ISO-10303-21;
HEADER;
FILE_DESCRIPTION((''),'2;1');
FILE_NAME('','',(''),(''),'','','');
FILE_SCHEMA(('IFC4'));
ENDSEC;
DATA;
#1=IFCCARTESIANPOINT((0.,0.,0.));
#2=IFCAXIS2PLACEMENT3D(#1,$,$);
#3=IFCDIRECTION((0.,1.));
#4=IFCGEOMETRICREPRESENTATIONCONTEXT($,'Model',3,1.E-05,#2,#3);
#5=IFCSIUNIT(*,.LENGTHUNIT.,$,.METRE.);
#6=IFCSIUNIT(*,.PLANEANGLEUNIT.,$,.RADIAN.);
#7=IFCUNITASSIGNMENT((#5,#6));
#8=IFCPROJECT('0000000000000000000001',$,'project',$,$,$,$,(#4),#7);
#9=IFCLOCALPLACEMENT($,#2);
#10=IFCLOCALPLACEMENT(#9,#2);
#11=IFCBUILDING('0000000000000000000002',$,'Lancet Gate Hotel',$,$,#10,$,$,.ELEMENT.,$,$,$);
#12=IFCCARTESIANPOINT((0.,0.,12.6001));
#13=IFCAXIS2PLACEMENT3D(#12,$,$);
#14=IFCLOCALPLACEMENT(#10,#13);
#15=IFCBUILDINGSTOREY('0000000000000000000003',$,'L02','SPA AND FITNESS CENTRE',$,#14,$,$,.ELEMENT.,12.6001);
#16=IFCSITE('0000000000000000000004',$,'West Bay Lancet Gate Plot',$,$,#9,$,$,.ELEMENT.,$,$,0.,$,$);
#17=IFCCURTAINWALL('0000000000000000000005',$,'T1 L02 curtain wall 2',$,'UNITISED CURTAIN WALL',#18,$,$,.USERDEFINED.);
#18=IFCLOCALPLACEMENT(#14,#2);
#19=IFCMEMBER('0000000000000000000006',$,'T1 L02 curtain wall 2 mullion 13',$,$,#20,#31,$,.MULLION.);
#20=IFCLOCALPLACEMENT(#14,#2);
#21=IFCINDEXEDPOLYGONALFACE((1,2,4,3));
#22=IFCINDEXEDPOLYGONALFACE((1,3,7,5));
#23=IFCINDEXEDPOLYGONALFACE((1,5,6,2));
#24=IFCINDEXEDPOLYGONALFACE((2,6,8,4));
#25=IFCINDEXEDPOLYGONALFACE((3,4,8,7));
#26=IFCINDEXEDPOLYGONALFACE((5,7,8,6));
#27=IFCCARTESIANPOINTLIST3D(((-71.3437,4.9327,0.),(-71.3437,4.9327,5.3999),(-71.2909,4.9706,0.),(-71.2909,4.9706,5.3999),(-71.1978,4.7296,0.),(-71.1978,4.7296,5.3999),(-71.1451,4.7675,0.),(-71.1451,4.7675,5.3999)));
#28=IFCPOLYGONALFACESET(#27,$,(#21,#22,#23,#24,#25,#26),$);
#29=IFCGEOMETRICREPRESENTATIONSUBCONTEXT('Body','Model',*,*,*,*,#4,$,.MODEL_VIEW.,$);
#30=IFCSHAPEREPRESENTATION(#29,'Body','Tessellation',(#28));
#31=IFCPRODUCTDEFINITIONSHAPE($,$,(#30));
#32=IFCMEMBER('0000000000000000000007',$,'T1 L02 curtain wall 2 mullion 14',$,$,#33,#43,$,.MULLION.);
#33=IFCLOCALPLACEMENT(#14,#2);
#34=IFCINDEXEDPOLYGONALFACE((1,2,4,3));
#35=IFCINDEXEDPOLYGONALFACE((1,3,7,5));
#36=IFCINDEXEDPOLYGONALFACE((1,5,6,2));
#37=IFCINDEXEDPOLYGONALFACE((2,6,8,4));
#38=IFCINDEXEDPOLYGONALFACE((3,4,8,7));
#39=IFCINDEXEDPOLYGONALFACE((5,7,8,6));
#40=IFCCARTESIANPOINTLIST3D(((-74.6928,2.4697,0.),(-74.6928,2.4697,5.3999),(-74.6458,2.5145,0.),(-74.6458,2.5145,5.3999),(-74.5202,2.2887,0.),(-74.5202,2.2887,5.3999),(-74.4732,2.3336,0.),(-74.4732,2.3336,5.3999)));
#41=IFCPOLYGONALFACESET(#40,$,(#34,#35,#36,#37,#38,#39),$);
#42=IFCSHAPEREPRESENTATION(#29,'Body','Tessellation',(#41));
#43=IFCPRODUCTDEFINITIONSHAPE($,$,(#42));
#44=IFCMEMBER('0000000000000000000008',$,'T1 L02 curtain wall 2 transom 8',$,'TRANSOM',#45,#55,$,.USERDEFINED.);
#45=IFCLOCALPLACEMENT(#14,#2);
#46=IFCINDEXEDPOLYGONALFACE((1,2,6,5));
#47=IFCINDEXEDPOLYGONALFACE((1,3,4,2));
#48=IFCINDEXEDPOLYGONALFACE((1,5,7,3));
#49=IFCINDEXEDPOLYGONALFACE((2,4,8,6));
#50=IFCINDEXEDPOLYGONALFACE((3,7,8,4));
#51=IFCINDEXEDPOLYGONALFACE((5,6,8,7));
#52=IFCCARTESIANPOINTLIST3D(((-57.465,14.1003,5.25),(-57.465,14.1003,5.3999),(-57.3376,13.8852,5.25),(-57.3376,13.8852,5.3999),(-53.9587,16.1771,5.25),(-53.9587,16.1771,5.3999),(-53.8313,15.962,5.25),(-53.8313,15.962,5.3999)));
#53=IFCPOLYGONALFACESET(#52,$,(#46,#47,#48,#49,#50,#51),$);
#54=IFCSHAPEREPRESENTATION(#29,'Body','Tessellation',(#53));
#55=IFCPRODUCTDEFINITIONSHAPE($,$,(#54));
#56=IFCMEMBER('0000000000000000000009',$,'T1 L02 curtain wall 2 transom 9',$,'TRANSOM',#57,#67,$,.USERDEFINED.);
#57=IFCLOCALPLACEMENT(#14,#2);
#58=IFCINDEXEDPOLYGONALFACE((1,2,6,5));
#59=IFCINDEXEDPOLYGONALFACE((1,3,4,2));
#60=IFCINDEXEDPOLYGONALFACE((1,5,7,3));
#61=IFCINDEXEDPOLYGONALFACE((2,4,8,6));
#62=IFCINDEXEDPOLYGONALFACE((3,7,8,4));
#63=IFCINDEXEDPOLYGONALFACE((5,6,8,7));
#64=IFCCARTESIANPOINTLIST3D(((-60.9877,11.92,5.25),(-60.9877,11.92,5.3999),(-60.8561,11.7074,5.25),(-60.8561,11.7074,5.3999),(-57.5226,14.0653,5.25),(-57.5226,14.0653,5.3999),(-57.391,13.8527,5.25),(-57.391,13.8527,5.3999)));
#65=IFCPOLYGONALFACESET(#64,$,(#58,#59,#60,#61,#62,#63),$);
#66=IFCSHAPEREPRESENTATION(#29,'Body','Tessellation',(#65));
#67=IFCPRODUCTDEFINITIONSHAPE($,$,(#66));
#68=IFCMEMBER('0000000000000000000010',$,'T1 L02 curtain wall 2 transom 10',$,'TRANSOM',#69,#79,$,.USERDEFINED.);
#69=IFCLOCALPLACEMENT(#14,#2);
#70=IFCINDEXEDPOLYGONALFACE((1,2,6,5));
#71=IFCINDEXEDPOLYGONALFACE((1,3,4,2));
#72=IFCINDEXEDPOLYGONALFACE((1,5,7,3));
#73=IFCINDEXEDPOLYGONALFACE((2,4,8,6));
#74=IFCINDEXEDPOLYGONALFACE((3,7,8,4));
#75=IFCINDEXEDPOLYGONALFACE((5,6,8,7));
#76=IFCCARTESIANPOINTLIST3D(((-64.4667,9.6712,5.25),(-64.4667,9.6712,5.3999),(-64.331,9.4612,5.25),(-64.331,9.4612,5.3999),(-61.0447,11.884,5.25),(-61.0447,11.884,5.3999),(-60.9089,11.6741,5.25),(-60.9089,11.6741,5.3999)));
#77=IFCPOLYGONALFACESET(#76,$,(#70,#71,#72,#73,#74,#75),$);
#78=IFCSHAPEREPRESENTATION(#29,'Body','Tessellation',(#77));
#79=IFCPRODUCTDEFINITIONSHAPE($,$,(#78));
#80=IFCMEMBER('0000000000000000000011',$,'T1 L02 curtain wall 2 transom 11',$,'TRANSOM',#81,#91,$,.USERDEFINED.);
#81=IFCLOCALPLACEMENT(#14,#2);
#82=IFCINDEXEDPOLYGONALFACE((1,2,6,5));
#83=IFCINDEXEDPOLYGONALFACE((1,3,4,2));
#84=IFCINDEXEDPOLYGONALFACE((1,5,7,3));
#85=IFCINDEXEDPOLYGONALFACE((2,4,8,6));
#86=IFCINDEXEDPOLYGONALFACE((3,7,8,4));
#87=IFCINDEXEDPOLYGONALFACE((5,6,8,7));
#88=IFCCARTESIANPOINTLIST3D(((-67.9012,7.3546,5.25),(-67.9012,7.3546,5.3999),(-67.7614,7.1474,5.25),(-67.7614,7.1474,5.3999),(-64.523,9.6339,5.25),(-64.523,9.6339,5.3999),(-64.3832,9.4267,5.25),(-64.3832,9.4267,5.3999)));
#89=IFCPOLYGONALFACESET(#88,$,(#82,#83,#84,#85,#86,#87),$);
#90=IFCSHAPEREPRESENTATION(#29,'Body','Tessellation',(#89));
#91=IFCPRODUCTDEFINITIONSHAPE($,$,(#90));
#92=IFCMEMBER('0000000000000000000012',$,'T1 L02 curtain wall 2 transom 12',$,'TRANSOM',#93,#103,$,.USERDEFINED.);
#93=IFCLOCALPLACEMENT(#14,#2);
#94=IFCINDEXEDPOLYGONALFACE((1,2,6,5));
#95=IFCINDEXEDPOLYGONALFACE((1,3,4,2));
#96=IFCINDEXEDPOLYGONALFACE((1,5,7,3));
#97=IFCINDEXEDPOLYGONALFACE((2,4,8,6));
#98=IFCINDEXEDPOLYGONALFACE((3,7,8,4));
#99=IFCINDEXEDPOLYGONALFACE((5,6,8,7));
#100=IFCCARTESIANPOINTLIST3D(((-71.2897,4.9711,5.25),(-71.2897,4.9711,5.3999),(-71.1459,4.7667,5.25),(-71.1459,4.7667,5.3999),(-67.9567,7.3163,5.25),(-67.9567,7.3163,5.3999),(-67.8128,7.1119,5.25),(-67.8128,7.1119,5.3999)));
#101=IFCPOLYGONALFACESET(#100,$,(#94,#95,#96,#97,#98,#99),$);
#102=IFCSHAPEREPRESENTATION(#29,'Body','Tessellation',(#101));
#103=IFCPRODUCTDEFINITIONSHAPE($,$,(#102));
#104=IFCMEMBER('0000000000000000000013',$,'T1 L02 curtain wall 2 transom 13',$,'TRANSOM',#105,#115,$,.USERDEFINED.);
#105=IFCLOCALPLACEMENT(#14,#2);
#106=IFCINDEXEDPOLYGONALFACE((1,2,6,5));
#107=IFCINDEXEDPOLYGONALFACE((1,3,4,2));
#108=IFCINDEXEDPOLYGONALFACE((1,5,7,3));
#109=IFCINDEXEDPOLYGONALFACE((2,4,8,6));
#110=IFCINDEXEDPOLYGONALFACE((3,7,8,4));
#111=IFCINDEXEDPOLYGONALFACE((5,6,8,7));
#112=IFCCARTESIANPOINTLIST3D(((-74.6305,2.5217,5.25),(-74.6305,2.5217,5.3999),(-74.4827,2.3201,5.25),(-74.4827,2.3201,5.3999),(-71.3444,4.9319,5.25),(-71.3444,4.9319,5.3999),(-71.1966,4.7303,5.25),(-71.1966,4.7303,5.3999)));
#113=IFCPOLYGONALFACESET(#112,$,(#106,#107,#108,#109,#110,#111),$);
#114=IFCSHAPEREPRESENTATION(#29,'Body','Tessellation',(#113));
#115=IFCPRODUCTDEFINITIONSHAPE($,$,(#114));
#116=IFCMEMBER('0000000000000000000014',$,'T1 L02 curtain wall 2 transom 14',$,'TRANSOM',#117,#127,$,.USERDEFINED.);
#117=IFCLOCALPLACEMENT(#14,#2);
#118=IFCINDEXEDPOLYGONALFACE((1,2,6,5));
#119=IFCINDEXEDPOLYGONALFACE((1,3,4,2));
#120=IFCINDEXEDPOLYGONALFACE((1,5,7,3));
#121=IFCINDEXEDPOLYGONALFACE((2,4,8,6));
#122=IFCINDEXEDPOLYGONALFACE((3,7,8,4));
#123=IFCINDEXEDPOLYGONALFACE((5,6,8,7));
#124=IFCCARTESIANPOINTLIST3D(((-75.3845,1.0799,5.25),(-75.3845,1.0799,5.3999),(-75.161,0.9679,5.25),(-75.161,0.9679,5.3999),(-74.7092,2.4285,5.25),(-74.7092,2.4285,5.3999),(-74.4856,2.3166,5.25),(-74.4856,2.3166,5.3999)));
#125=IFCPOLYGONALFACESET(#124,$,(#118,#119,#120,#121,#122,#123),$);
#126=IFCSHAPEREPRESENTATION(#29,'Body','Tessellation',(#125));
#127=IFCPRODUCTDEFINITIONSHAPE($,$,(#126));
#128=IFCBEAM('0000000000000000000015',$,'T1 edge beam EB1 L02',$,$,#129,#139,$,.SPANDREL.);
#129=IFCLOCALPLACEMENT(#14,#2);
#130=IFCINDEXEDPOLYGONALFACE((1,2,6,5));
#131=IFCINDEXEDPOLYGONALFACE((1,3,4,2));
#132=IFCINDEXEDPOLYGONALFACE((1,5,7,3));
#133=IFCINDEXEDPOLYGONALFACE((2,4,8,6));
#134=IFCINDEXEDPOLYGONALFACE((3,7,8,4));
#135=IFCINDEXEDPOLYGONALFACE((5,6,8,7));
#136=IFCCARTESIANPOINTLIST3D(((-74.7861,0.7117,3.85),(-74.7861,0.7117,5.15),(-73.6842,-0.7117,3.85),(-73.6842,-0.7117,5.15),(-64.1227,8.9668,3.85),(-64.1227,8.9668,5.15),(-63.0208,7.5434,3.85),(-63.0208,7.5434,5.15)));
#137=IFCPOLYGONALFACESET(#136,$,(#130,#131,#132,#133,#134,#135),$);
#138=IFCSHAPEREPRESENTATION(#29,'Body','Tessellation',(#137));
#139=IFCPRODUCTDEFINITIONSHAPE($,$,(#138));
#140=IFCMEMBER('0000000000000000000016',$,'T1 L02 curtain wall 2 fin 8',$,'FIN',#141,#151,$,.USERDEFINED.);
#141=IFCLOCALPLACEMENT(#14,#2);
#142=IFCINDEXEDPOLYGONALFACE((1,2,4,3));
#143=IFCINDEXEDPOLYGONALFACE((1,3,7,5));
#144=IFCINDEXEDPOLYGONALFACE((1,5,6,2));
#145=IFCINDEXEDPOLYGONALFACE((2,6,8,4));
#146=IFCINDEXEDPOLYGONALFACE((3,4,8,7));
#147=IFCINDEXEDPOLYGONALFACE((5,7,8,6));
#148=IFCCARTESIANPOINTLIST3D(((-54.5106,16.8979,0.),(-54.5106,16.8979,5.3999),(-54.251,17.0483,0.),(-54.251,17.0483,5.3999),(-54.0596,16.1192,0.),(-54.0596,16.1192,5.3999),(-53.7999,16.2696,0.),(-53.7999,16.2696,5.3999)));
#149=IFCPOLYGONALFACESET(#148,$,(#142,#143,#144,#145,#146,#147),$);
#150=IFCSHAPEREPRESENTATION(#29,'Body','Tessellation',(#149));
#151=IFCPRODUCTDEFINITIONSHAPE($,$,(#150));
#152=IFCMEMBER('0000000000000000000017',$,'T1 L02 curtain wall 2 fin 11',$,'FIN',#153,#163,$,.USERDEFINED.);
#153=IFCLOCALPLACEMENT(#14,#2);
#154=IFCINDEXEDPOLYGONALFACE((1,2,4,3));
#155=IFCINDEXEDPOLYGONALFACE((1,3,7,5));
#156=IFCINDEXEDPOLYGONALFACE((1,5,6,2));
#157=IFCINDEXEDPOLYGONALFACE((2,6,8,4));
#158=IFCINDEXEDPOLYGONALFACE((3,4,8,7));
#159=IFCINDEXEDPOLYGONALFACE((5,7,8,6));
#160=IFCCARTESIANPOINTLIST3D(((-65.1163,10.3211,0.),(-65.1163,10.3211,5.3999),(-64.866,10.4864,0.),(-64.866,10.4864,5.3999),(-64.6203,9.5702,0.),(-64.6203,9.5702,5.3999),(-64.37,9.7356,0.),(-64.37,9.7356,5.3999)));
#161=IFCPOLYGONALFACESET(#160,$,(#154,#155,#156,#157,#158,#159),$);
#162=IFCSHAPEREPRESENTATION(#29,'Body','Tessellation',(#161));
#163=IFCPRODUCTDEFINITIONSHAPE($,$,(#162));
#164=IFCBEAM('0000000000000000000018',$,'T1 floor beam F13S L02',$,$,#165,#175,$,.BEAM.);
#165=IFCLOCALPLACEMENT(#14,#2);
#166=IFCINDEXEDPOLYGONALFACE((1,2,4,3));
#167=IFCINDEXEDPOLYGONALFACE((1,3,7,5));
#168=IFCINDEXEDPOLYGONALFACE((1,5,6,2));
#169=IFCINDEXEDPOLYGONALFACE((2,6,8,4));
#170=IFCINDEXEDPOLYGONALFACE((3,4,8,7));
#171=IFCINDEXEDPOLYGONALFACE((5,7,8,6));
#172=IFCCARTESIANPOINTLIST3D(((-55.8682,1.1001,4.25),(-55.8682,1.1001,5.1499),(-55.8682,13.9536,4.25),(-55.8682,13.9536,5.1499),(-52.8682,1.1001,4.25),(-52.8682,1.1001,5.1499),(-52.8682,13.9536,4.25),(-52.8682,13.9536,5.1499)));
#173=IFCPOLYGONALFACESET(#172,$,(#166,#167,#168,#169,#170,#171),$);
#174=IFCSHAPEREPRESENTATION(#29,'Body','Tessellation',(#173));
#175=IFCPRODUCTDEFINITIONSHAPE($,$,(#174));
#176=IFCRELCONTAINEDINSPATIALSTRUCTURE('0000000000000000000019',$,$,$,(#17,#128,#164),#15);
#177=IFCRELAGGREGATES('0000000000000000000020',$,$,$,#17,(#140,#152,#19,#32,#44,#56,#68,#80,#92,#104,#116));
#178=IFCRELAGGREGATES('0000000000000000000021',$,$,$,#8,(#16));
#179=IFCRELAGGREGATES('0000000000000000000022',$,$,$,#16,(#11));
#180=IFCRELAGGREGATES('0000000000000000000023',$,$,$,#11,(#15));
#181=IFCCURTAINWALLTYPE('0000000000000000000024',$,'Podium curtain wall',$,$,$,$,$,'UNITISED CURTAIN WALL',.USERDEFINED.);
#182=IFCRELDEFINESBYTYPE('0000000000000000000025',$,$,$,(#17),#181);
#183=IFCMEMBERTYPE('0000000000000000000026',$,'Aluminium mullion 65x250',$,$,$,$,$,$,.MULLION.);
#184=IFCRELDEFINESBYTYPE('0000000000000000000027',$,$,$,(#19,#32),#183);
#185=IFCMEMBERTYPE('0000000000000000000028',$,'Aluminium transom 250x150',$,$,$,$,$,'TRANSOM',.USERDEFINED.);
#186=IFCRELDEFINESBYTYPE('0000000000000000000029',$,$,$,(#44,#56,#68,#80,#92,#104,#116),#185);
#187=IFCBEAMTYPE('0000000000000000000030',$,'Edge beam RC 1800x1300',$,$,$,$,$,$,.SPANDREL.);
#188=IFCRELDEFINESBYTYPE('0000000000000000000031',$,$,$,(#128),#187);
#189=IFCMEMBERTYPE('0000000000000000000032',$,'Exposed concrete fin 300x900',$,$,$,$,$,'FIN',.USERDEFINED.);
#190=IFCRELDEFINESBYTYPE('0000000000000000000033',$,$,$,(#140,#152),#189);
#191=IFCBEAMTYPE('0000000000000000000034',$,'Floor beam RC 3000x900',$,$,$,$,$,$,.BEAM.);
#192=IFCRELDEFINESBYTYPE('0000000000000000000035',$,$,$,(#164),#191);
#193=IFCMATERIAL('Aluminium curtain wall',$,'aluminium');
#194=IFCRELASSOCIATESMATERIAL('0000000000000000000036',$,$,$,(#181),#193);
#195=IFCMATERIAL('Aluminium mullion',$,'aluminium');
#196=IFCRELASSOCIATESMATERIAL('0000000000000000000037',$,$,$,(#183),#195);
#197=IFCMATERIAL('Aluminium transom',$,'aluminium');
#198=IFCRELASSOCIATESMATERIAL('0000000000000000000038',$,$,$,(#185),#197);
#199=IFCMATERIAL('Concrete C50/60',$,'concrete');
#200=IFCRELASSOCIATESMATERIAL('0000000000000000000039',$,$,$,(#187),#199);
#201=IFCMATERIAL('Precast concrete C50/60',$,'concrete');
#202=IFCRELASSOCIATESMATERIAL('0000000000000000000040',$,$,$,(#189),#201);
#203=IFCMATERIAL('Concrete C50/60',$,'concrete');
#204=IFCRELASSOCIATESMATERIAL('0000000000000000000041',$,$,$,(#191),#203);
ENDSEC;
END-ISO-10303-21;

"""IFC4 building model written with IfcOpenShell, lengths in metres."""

from ifc_helpers import new_model, si_unit, direction, frame, origin, origin_2d, place, context, subcontext, project, spatial, rectangle, extrude, material, material_profile, profile_set, type_object, element, aggregate, save


model = new_model("IFC4")

# Units and contexts
model_context = context("Model", 3, precision=1e-05, world=origin(), true_north=direction((0.0, 1.0)))
body_context = subcontext(model_context, "Body", "Model", "MODEL_VIEW")
ifc_project = project(units=[si_unit("LENGTHUNIT", "METRE"), si_unit("PLANEANGLEUNIT", "RADIAN")], contexts=[model_context])

# Site, building, storey
site_placement = place(None, origin())
site = spatial("IfcSite", under=ifc_project, at=site_placement, Name="West Bay Lancet Gate Plot", CompositionType="ELEMENT", RefElevation=0.0)
building_placement = place(site_placement, origin())
building = spatial("IfcBuilding", under=site, at=building_placement, Name="Lancet Gate Hotel", CompositionType="ELEMENT")
storey_placement = place(building_placement, frame((0.0, 0.0, 12.6001)))
storey = spatial("IfcBuildingStorey", under=building, at=storey_placement, Name="L02", Description="SPA AND FITNESS CENTRE", CompositionType="ELEMENT", Elevation=12.6001)

# Curtain wall, members
ifc_material_1 = material(Name="Aluminium curtain wall", Category="aluminium")
curtain_wall_type = type_object("IfcCurtainWallType", Name="Podium curtain wall", ElementType="UNITISED CURTAIN WALL", PredefinedType="USERDEFINED", material=ifc_material_1)
curtain_wall_placement = place(storey_placement, origin())
curtain_wall = element("IfcCurtainWall", 1, at=curtain_wall_placement, inside=storey, type_object=curtain_wall_type, Name="T1 L02 curtain wall 2", ObjectType="UNITISED CURTAIN WALL", PredefinedType="USERDEFINED")
ifc_material_2 = material(Name="Aluminium mullion", Category="aluminium")
ifc_material_profile_1 = material_profile(ifc_material_2, rectangle(XDim=0.0649, YDim=0.25, at=origin_2d()), Name="MULLION 65x250")
ifc_profile_set_1 = profile_set([ifc_material_profile_1], Name="Aluminium mullion")
member_type_1 = type_object("IfcMemberType", Name="Aluminium mullion 65x250", PredefinedType="MULLION", material=ifc_profile_set_1)
member_1_placement = place(storey_placement, frame((-71.2444, 4.8501, 0.0), z_axis=(0.0, 0.0, 1.0), x_axis=(-0.812147, -0.583453, 0.0)))
member_1 = element("IfcMember", 2, at=member_1_placement, type_object=member_type_1, Name="T1 L02 curtain wall 2 mullion 13", PredefinedType="MULLION", context=body_context, shape_type="SweptSolid", body=[
    extrude(rectangle(XDim=0.0649, YDim=0.25, at=origin_2d()), origin(), (0.0, 0.0, 1.0), 5.3999),
])
member_2_placement = place(storey_placement, frame((-74.583, 2.4016, 0.0), z_axis=(0.0, 0.0, 1.0), x_axis=(-0.723696, -0.690119, 0.0)))
member_2 = element("IfcMember", 3, at=member_2_placement, type_object=member_type_1, Name="T1 L02 curtain wall 2 mullion 14", PredefinedType="MULLION", context=body_context, shape_type="SweptSolid", body=[
    extrude(rectangle(XDim=0.0649, YDim=0.25, at=origin_2d()), origin(), (0.0, 0.0, 1.0), 5.3999),
])
ifc_material_3 = material(Name="Aluminium transom", Category="aluminium")
ifc_material_profile_2 = material_profile(ifc_material_3, rectangle(XDim=0.25, YDim=0.1499, at=origin_2d()), Name="TRANSOM 250x150")
ifc_profile_set_2 = profile_set([ifc_material_profile_2], Name="Aluminium transom")
member_type_2 = type_object("IfcMemberType", Name="Aluminium transom 250x150", ElementType="TRANSOM", PredefinedType="USERDEFINED", material=ifc_profile_set_2)
member_3_placement = place(storey_placement, frame((-53.895, 16.0696, 5.325), z_axis=(-0.860392, -0.509633, 0.0), x_axis=(0.509633, -0.860392, 0.0)))
member_3 = element("IfcMember", 4, at=member_3_placement, type_object=member_type_2, Name="T1 L02 curtain wall 2 transom 8", ObjectType="TRANSOM", PredefinedType="USERDEFINED", context=body_context, shape_type="SweptSolid", body=[
    extrude(rectangle(XDim=0.25, YDim=0.1499, at=origin_2d()), origin(), (0.0, 0.0, 1.0), 4.0752),
])
member_4_placement = place(storey_placement, frame((-57.4568, 13.959, 5.325), z_axis=(-0.850242, -0.526392, 0.0), x_axis=(0.526392, -0.850242, 0.0)))
member_4 = element("IfcMember", 5, at=member_4_placement, type_object=member_type_2, Name="T1 L02 curtain wall 2 transom 9", ObjectType="TRANSOM", PredefinedType="USERDEFINED", context=body_context, shape_type="SweptSolid", body=[
    extrude(rectangle(XDim=0.25, YDim=0.1499, at=origin_2d()), origin(), (0.0, 0.0, 1.0), 4.0754),
])
member_5_placement = place(storey_placement, frame((-60.9768, 11.7791, 5.325), z_axis=(-0.839729, -0.543005, 0.0), x_axis=(0.543005, -0.839729, 0.0)))
member_5 = element("IfcMember", 6, at=member_5_placement, type_object=member_type_2, Name="T1 L02 curtain wall 2 transom 10", ObjectType="TRANSOM", PredefinedType="USERDEFINED", context=body_context, shape_type="SweptSolid", body=[
    extrude(rectangle(XDim=0.25, YDim=0.1499, at=origin_2d()), origin(), (0.0, 0.0, 1.0), 4.0752),
])
member_6_placement = place(storey_placement, frame((-64.4531, 9.5303, 5.325), z_axis=(-0.828959, -0.559309, 0.0), x_axis=(0.559309, -0.828959, 0.0)))
member_6 = element("IfcMember", 7, at=member_6_placement, type_object=member_type_2, Name="T1 L02 curtain wall 2 transom 11", ObjectType="TRANSOM", PredefinedType="USERDEFINED", context=body_context, shape_type="SweptSolid", body=[
    extrude(rectangle(XDim=0.25, YDim=0.1499, at=origin_2d()), origin(), (0.0, 0.0, 1.0), 4.0752),
])
member_7_placement = place(storey_placement, frame((-67.8848, 7.2141, 5.325), z_axis=(-0.817834, -0.575455, 0.0), x_axis=(0.575455, -0.817834, 0.0)))
member_7 = element("IfcMember", 8, at=member_7_placement, type_object=member_type_2, Name="T1 L02 curtain wall 2 transom 12", ObjectType="TRANSOM", PredefinedType="USERDEFINED", context=body_context, shape_type="SweptSolid", body=[
    extrude(rectangle(XDim=0.25, YDim=0.1499, at=origin_2d()), origin(), (0.0, 0.0, 1.0), 4.0754),
])
member_8_placement = place(storey_placement, frame((-71.2705, 4.8311, 5.325), z_axis=(-0.806367, -0.591416, 0.0), x_axis=(0.591416, -0.806367, 0.0)))
member_8 = element("IfcMember", 9, at=member_8_placement, type_object=member_type_2, Name="T1 L02 curtain wall 2 transom 13", ObjectType="TRANSOM", PredefinedType="USERDEFINED", context=body_context, shape_type="SweptSolid", body=[
    extrude(rectangle(XDim=0.25, YDim=0.1499, at=origin_2d()), origin(), (0.0, 0.0, 1.0), 4.0752),
])
member_9_placement = place(storey_placement, frame((-74.5974, 2.3726, 5.325), z_axis=(-0.447732, -0.894168, 0.0), x_axis=(0.894168, -0.447732, 0.0)))
member_9 = element("IfcMember", 10, at=member_9_placement, type_object=member_type_2, Name="T1 L02 curtain wall 2 transom 14", ObjectType="TRANSOM", PredefinedType="USERDEFINED", context=body_context, shape_type="SweptSolid", body=[
    extrude(rectangle(XDim=0.25, YDim=0.1499, at=origin_2d()), origin(), (0.0, 0.0, 1.0), 1.5083),
])

# Beam
ifc_material_4 = material(Name="Concrete C50/60", Category="concrete")
ifc_material_profile_3 = material_profile(ifc_material_4, rectangle(XDim=1.8, YDim=1.3, at=origin_2d()), Name="RC 1800x1300")
ifc_profile_set_3 = profile_set([ifc_material_profile_3], Name="Concrete C50/60")
beam_type_1 = type_object("IfcBeamType", Name="Edge beam RC 1800x1300", PredefinedType="SPANDREL", material=ifc_profile_set_3)
beam_1_placement = place(storey_placement, frame((-63.5718, 8.2551, 4.5), z_axis=(-0.790736, -0.612157, 0.0), x_axis=(0.612157, -0.790736, 0.0)))
element("IfcBeam", 11, at=beam_1_placement, inside=storey, type_object=beam_type_1, Name="T1 edge beam EB1 L02", PredefinedType="SPANDREL", context=body_context, shape_type="SweptSolid", body=[
    extrude(rectangle(XDim=1.8, YDim=1.3, at=origin_2d()), origin(), (0.0, 0.0, 1.0), 13.4854),
])

# Members
ifc_material_5 = material(Name="Precast concrete C50/60", Category="concrete")
ifc_material_profile_4 = material_profile(ifc_material_5, rectangle(XDim=0.3, YDim=0.8999, at=origin_2d()), Name="FIN 300x900")
ifc_profile_set_4 = profile_set([ifc_material_profile_4], Name="Precast concrete C50/60")
member_type_3 = type_object("IfcMemberType", Name="Exposed concrete fin 300x900", ElementType="FIN", PredefinedType="USERDEFINED", material=ifc_profile_set_4)
member_10_placement = place(storey_placement, frame((-54.1553, 16.5837, 0.0), z_axis=(0.0, 0.0, 1.0), x_axis=(-0.865335, -0.501194, 0.0)))
member_10 = element("IfcMember", 12, at=member_10_placement, type_object=member_type_3, Name="T1 L02 curtain wall 2 fin 8", ObjectType="FIN", PredefinedType="USERDEFINED", context=body_context, shape_type="SweptSolid", body=[
    extrude(rectangle(XDim=0.3, YDim=0.8999, at=origin_2d()), origin(), (0.0, 0.0, 1.0), 5.3999),
])
member_11_placement = place(storey_placement, frame((-64.7432, 10.0283, 0.0), z_axis=(0.0, 0.0, 1.0), x_axis=(-0.834387, -0.551178, 0.0)))
member_11 = element("IfcMember", 13, at=member_11_placement, type_object=member_type_3, Name="T1 L02 curtain wall 2 fin 11", ObjectType="FIN", PredefinedType="USERDEFINED", context=body_context, shape_type="SweptSolid", body=[
    extrude(rectangle(XDim=0.3, YDim=0.8999, at=origin_2d()), origin(), (0.0, 0.0, 1.0), 5.3999),
])

# Beam
ifc_material_6 = material(Name="Concrete C50/60", Category="concrete")
ifc_material_profile_5 = material_profile(ifc_material_6, rectangle(XDim=3.0, YDim=0.8999, at=origin_2d()), Name="RC 3000x900")
ifc_profile_set_5 = profile_set([ifc_material_profile_5], Name="Concrete C50/60")
beam_type_2 = type_object("IfcBeamType", Name="Floor beam RC 3000x900", PredefinedType="BEAM", material=ifc_profile_set_5)
beam_2_placement = place(storey_placement, frame((-54.3682, 13.9536, 4.7), z_axis=(0.0, -1.0, 0.0), x_axis=(1.0, 0.0, 0.0)))
element("IfcBeam", 14, at=beam_2_placement, inside=storey, type_object=beam_type_2, Name="T1 floor beam F13S L02", PredefinedType="BEAM", context=body_context, shape_type="SweptSolid", body=[
    extrude(rectangle(XDim=3.0, YDim=0.8999, at=origin_2d()), origin(), (0.0, 0.0, 1.0), 12.8535),
])

aggregate(curtain_wall, [member_10, member_11, member_1, member_2, member_3, member_4, member_5, member_6, member_7, member_8, member_9])

save(model, "model.ifc")
